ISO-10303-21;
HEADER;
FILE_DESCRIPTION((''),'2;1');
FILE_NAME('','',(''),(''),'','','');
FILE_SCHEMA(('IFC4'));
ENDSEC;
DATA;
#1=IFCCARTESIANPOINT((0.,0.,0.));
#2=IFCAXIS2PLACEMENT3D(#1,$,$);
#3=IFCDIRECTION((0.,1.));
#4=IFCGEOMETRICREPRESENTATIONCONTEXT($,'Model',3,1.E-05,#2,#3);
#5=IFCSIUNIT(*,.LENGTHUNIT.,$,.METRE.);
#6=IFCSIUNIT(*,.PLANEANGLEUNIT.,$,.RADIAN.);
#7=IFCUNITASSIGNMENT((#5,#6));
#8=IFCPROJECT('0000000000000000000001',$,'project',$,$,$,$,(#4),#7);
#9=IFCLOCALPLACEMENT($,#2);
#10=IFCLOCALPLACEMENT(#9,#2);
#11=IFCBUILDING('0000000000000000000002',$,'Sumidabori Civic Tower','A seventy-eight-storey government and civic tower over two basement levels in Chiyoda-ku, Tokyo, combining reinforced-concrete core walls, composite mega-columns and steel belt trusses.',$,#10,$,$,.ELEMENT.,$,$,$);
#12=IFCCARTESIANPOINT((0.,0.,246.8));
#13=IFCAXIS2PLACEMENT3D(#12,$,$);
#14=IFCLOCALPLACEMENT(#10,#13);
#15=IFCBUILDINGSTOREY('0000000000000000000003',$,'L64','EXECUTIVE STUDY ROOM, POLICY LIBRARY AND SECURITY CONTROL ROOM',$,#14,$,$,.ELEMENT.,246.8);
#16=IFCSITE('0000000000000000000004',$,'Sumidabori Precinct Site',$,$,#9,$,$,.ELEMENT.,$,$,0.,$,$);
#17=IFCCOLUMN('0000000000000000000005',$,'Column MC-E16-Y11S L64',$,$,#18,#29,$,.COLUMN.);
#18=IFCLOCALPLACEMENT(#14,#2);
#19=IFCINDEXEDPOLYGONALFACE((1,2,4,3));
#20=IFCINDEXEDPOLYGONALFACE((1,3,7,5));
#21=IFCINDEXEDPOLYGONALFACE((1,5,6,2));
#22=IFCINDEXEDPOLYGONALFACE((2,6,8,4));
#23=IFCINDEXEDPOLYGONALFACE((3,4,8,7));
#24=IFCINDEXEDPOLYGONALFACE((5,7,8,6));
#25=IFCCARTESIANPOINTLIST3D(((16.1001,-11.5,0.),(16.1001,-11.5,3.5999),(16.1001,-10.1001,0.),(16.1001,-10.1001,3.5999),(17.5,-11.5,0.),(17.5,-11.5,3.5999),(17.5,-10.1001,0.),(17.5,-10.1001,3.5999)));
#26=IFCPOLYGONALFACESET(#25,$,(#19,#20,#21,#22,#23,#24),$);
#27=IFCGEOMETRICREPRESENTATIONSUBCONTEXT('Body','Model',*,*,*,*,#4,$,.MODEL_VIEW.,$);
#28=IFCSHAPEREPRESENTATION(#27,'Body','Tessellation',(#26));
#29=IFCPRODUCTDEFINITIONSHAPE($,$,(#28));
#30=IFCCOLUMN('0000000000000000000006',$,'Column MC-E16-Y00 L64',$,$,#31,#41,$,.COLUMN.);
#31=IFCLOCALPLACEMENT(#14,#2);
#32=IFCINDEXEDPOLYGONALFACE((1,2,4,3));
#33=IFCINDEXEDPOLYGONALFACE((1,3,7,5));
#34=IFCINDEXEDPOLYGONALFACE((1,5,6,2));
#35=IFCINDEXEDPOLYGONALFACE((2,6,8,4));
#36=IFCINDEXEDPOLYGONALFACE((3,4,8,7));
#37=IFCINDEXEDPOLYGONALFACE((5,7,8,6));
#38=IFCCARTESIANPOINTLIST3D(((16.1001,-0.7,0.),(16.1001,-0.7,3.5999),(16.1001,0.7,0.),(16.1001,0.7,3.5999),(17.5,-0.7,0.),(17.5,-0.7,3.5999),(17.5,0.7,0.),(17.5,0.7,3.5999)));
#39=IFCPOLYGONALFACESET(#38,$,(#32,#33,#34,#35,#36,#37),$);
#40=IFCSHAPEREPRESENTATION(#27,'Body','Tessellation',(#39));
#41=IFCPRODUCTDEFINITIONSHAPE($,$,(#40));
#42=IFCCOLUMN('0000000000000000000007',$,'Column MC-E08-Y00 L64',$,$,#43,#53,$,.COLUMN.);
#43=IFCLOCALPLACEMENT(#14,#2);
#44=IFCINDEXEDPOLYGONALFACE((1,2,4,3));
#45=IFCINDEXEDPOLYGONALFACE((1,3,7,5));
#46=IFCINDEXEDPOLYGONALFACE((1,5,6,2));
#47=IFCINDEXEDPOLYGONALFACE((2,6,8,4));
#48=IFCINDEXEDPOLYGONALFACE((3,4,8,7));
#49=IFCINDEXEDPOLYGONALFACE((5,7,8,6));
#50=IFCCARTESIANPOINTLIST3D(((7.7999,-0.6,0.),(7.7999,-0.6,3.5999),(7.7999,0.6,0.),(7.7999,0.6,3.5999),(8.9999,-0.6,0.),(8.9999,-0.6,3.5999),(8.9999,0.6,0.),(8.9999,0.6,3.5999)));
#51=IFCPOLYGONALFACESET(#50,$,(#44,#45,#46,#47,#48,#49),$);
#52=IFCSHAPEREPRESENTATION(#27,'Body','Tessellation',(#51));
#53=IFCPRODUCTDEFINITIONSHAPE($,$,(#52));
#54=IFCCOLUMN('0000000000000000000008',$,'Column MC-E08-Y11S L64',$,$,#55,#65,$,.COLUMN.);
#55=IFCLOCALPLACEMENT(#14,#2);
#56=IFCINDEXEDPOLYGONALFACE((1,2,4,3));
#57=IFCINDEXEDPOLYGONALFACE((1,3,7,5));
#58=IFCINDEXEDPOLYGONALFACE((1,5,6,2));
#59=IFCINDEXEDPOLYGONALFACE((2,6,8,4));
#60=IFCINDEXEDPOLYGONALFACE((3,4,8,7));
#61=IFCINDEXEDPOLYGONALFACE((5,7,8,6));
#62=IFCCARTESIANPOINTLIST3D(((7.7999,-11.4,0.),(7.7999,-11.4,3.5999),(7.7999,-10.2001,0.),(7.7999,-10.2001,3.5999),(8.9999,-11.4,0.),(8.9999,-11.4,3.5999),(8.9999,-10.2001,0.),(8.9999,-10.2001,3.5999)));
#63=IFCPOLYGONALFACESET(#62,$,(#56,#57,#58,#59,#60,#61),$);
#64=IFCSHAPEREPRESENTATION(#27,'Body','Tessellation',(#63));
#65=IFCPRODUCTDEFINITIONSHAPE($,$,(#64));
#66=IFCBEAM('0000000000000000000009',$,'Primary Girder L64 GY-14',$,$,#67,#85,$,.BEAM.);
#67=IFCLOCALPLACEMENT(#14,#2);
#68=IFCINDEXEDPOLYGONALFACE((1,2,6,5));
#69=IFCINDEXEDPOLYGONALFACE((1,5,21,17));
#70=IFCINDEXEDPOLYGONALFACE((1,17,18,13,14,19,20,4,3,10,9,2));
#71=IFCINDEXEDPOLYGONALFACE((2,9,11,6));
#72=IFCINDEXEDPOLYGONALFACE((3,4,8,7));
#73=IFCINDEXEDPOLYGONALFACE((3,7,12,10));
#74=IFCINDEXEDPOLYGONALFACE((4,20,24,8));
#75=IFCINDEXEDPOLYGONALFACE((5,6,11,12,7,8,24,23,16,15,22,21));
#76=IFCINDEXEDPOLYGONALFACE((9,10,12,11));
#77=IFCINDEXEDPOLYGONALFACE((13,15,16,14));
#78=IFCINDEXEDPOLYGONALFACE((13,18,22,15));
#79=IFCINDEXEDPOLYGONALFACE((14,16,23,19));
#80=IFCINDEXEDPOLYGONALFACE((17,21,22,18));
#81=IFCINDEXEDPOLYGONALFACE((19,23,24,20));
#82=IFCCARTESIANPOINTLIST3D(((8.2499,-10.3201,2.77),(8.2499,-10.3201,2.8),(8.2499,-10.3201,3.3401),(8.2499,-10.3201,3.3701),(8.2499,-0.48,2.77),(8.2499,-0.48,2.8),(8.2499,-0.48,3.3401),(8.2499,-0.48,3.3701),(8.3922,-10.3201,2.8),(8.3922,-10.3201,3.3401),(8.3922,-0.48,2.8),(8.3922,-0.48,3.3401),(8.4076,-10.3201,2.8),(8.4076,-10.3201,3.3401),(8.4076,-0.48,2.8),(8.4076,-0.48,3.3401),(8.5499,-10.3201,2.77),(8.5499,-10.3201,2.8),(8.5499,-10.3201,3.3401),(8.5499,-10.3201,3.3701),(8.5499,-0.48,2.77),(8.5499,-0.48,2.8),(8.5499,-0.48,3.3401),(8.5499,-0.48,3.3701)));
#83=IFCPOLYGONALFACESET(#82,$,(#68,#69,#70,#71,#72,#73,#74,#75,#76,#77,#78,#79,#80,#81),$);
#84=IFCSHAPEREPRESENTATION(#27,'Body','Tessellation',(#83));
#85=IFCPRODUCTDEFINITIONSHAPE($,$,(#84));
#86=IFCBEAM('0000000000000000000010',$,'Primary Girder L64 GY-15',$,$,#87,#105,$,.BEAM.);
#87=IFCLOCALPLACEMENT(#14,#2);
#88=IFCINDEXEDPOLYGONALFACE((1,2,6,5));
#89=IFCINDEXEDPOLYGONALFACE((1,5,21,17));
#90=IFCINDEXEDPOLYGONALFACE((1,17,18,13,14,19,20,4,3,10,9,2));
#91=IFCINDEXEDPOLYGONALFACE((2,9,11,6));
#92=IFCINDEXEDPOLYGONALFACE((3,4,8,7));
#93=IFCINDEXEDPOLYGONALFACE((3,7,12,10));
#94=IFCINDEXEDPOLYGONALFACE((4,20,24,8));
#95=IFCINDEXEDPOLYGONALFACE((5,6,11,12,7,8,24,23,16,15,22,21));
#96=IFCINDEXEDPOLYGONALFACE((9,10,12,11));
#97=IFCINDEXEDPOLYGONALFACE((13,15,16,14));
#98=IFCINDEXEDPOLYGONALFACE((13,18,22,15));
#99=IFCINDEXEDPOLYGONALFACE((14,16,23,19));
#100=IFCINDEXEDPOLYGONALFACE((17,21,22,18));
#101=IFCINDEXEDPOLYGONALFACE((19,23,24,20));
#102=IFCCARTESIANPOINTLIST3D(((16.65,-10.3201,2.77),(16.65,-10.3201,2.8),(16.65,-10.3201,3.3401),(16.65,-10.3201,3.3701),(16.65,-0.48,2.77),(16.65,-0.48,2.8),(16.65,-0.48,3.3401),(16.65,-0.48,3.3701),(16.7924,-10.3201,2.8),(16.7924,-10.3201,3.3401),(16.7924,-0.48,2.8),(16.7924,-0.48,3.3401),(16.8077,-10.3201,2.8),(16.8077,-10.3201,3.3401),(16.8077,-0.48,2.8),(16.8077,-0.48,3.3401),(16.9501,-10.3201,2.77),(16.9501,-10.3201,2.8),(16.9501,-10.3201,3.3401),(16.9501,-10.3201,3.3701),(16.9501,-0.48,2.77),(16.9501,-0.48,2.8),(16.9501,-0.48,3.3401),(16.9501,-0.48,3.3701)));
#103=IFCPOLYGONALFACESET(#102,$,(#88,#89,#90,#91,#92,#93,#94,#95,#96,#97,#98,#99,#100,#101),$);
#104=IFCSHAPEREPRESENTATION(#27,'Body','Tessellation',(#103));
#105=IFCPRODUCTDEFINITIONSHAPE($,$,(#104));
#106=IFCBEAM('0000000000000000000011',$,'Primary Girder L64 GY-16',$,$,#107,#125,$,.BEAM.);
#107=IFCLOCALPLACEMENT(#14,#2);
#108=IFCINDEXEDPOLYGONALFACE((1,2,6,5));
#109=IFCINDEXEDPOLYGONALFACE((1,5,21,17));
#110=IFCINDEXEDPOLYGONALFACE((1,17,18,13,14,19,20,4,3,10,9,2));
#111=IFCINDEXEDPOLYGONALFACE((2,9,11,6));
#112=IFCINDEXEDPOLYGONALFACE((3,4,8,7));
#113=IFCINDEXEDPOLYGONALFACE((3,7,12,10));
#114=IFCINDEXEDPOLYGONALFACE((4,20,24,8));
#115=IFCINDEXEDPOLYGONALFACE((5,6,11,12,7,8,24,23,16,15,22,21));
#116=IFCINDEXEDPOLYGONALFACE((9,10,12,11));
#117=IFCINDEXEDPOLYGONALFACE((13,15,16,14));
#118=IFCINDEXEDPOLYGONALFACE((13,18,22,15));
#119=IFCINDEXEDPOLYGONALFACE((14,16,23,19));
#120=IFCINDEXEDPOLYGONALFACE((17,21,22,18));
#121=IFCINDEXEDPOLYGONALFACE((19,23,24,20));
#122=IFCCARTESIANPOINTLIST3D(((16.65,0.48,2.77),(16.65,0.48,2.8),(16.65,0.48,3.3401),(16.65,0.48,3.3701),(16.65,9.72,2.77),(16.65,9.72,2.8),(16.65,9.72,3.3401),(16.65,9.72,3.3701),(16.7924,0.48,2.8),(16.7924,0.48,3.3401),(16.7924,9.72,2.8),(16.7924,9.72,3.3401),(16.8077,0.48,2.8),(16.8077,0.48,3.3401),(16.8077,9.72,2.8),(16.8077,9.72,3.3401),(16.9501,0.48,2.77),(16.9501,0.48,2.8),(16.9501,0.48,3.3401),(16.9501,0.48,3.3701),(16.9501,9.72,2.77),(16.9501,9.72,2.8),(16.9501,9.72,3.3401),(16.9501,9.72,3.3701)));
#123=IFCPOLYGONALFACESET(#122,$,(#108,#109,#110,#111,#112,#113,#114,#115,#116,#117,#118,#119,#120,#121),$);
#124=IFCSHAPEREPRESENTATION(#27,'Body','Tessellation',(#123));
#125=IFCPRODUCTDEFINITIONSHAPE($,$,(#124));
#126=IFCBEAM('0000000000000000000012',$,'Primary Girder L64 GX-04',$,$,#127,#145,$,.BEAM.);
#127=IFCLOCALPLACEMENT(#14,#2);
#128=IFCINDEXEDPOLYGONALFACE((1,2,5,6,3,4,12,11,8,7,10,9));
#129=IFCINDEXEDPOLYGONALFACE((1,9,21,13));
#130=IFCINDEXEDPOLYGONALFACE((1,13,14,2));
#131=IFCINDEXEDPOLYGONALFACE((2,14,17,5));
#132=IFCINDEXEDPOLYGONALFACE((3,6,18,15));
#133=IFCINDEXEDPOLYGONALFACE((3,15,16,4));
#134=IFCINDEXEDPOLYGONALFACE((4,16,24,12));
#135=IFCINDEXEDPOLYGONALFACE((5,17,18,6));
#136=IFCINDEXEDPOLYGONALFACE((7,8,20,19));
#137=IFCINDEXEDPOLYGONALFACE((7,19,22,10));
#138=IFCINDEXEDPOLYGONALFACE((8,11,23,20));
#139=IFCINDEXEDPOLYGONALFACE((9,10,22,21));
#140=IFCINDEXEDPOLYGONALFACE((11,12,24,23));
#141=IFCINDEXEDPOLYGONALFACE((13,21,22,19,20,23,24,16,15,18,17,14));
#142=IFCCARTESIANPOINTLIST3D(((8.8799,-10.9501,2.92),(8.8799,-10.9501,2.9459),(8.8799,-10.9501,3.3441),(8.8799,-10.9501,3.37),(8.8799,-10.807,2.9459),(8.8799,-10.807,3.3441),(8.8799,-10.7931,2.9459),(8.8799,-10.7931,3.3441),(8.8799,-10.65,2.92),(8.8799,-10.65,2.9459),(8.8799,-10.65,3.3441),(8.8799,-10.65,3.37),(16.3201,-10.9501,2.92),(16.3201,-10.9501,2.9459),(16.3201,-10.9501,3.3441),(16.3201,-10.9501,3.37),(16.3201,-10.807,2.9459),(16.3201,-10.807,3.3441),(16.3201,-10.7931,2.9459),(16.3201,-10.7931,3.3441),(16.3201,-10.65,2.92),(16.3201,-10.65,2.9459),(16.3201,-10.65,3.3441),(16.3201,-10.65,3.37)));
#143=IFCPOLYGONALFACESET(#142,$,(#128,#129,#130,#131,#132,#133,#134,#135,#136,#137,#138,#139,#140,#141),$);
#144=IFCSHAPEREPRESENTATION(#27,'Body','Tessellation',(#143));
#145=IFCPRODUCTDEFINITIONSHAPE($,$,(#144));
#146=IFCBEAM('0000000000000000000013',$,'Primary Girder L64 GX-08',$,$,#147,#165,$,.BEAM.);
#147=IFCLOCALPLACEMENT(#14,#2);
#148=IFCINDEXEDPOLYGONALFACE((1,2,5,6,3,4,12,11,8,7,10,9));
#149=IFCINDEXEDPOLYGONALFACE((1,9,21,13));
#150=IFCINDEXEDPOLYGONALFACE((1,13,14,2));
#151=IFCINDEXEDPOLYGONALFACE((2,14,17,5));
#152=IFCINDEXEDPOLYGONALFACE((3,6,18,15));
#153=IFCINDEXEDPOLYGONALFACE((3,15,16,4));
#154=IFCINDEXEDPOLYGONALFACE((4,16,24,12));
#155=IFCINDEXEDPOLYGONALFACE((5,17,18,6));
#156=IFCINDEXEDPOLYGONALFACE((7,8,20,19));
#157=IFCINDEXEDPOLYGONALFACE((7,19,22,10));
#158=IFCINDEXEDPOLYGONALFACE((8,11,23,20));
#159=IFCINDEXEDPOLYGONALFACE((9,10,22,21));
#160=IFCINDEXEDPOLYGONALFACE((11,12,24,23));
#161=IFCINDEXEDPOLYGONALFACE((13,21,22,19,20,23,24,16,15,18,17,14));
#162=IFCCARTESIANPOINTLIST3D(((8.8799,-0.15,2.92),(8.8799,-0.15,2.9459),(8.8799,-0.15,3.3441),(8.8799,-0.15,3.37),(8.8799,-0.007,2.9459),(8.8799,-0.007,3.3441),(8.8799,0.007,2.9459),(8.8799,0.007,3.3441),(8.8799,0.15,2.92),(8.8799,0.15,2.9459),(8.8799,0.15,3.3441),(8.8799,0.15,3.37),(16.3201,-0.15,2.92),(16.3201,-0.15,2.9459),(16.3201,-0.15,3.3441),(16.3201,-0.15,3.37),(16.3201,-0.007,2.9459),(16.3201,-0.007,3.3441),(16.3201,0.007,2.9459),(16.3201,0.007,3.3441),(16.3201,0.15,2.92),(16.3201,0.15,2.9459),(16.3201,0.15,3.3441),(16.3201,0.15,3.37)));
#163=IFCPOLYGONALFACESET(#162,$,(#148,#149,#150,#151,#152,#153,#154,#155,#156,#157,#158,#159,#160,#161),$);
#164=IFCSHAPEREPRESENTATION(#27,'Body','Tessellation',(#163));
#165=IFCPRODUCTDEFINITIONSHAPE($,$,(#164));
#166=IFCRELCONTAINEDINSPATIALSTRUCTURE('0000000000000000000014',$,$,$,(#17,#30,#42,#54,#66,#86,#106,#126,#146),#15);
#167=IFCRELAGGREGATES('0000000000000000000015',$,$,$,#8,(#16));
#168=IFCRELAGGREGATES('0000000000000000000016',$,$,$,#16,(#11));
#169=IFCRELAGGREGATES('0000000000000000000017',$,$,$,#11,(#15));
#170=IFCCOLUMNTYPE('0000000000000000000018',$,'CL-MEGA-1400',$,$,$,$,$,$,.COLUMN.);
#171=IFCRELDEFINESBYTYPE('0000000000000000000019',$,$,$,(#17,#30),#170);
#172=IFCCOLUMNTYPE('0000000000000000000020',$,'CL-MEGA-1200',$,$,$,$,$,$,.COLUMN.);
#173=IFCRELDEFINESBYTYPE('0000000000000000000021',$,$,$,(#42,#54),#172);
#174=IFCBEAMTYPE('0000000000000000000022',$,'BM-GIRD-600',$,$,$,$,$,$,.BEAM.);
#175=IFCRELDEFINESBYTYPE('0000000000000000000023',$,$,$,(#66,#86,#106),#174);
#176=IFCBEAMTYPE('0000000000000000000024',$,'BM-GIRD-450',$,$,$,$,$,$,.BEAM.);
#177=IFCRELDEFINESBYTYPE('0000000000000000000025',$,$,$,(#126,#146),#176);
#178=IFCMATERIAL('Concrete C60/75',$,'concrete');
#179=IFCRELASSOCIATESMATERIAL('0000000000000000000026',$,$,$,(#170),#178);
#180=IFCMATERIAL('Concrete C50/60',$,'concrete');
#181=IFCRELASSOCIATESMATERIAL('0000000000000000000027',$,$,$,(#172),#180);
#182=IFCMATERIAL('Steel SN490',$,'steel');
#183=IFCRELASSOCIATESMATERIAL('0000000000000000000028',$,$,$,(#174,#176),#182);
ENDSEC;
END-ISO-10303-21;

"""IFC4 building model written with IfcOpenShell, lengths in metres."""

from ifc_helpers import new_model, si_unit, direction, frame, origin, origin_2d, place, context, subcontext, project, spatial, rectangle, i_section, extrude, source, transform, mapped, material, material_profile, profile_set, type_object, element, save


model = new_model("IFC4")

# Units and contexts
model_context = context("Model", 3, precision=1e-05, world=origin(), true_north=direction((0.0, 1.0)))
body_context = subcontext(model_context, "Body", "Model", "MODEL_VIEW")
ifc_project = project(units=[si_unit("LENGTHUNIT", "METRE"), si_unit("PLANEANGLEUNIT", "RADIAN")], contexts=[model_context])

# Site, building, storey
site_placement = place(None, origin())
site = spatial("IfcSite", under=ifc_project, at=site_placement, Name="Sumidabori Precinct Site", CompositionType="ELEMENT", RefElevation=0.0)
building_placement = place(site_placement, origin())
building = spatial("IfcBuilding", under=site, at=building_placement, Name="Sumidabori Civic Tower", Description="A seventy-eight-storey government and civic tower over two basement levels in Chiyoda-ku, Tokyo, combining reinforced-concrete core walls, composite mega-columns and steel belt trusses.", CompositionType="ELEMENT")
storey_placement = place(building_placement, frame((0.0, 0.0, 246.8)))
storey = spatial("IfcBuildingStorey", under=building, at=storey_placement, Name="L64", Description="EXECUTIVE STUDY ROOM, POLICY LIBRARY AND SECURITY CONTROL ROOM", CompositionType="ELEMENT", Elevation=246.8)

# Columns
ifc_material_1 = material(Name="Concrete C60/75", Category="concrete")
ifc_material_profile_1 = material_profile(ifc_material_1, rectangle(XDim=1.3999, YDim=1.3999, at=origin_2d()), Name="RC 1400x1400")
ifc_profile_set_1 = profile_set([ifc_material_profile_1], Name="Concrete C60/75")
column_type_1 = type_object("IfcColumnType", Name="CL-MEGA-1400", PredefinedType="COLUMN", material=ifc_profile_set_1)
shared_shape_1 = source(origin(), body_context, "Body", "SweptSolid", [
    extrude(rectangle(XDim=1.3999, YDim=1.3999, at=origin_2d()), origin(), (0.0, 0.0, 1.0), 3.5999),
])
for number, where, z_axis, x_axis, name in (
    (1, (16.8, -10.8, 0.0), (0.0, 0.0, 1.0), (1.0, 0.0, 0.0), "Column MC-E16-Y11S L64"),
    (2, (16.8, 0.0, 0.0), (0.0, 0.0, 1.0), (1.0, 0.0, 0.0), "Column MC-E16-Y00 L64"),
):
    element("IfcColumn", number, at=place(storey_placement, frame(where, z_axis=z_axis, x_axis=x_axis)), inside=storey, type_object=column_type_1, Name=name, PredefinedType="COLUMN", context=body_context, shape_type="MappedRepresentation", body=[
        mapped(shared_shape_1, transform((0.0, 0.0, 0.0), x_axis=(1.0, 0.0, 0.0), y_axis=(0.0, 1.0, 0.0), z_axis=(0.0, 0.0, 1.0), scale=1.0)),
    ])
ifc_material_2 = material(Name="Concrete C50/60", Category="concrete")
ifc_material_profile_2 = material_profile(ifc_material_2, rectangle(XDim=1.2, YDim=1.2, at=origin_2d()), Name="RC 1200x1200")
ifc_profile_set_2 = profile_set([ifc_material_profile_2], Name="Concrete C50/60")
column_type_2 = type_object("IfcColumnType", Name="CL-MEGA-1200", PredefinedType="COLUMN", material=ifc_profile_set_2)
shared_shape_2 = source(origin(), body_context, "Body", "SweptSolid", [
    extrude(rectangle(XDim=1.2, YDim=1.2, at=origin_2d()), origin(), (0.0, 0.0, 1.0), 3.5999),
])
for number, where, z_axis, x_axis, name in (
    (3, (8.3999, 0.0, 0.0), (0.0, 0.0, 1.0), (1.0, 0.0, 0.0), "Column MC-E08-Y00 L64"),
    (4, (8.3999, -10.8, 0.0), (0.0, 0.0, 1.0), (1.0, 0.0, 0.0), "Column MC-E08-Y11S L64"),
):
    element("IfcColumn", number, at=place(storey_placement, frame(where, z_axis=z_axis, x_axis=x_axis)), inside=storey, type_object=column_type_2, Name=name, PredefinedType="COLUMN", context=body_context, shape_type="MappedRepresentation", body=[
        mapped(shared_shape_2, transform((0.0, 0.0, 0.0), x_axis=(1.0, 0.0, 0.0), y_axis=(0.0, 1.0, 0.0), z_axis=(0.0, 0.0, 1.0), scale=1.0)),
    ])

# Beams
ifc_material_3 = material(Name="Steel SN490", Category="steel")
ifc_material_profile_3 = material_profile(ifc_material_3, i_section(OverallWidth=0.3, OverallDepth=0.6001, WebThickness=0.0154, FlangeThickness=0.03, at=origin_2d()), Name="HE 600 B")
ifc_profile_set_3 = profile_set([ifc_material_profile_3], Name="Steel SN490")
beam_type_1 = type_object("IfcBeamType", Name="BM-GIRD-600", PredefinedType="BEAM", material=ifc_profile_set_3)
shared_shape_3 = source(origin(), body_context, "Body", "SweptSolid", [
    extrude(i_section(OverallWidth=0.3, OverallDepth=0.6001, WebThickness=0.0154, FlangeThickness=0.03, at=origin_2d()), origin(), (0.0, 0.0, 1.0), 9.8401),
])
for number, where, z_axis, x_axis, name in (
    (5, (8.3999, -10.3201, 3.0701), (0.0, 1.0, 0.0), (-1.0, 0.0, 0.0), "Primary Girder L64 GY-14"),
    (6, (16.8, -10.3201, 3.0701), (0.0, 1.0, 0.0), (-1.0, 0.0, 0.0), "Primary Girder L64 GY-15"),
):
    element("IfcBeam", number, at=place(storey_placement, frame(where, z_axis=z_axis, x_axis=x_axis)), inside=storey, type_object=beam_type_1, Name=name, PredefinedType="BEAM", context=body_context, shape_type="MappedRepresentation", body=[
        mapped(shared_shape_3, transform((0.0, 0.0, 0.0), x_axis=(1.0, 0.0, 0.0), y_axis=(0.0, 1.0, 0.0), z_axis=(0.0, 0.0, 1.0), scale=1.0)),
    ])
shared_shape_4 = source(origin(), body_context, "Body", "SweptSolid", [
    extrude(i_section(OverallWidth=0.3, OverallDepth=0.6001, WebThickness=0.0154, FlangeThickness=0.03, at=origin_2d()), origin(), (0.0, 0.0, 1.0), 9.24),
])
beam_1_placement = place(storey_placement, frame((16.8, 0.48, 3.0701), z_axis=(0.0, 1.0, 0.0), x_axis=(-1.0, 0.0, 0.0)))
element("IfcBeam", 7, at=beam_1_placement, inside=storey, type_object=beam_type_1, Name="Primary Girder L64 GY-16", PredefinedType="BEAM", context=body_context, shape_type="MappedRepresentation", body=[
    mapped(shared_shape_4, transform((0.0, 0.0, 0.0), x_axis=(1.0, 0.0, 0.0), y_axis=(0.0, 1.0, 0.0), z_axis=(0.0, 0.0, 1.0), scale=1.0)),
])
ifc_material_profile_4 = material_profile(ifc_material_3, i_section(OverallWidth=0.3, OverallDepth=0.45, WebThickness=0.0139, FlangeThickness=0.0259, at=origin_2d()), Name="HE 450 B")
ifc_profile_set_4 = profile_set([ifc_material_profile_4], Name="Steel SN490")
beam_type_2 = type_object("IfcBeamType", Name="BM-GIRD-450", PredefinedType="BEAM", material=ifc_profile_set_4)
shared_shape_5 = source(origin(), body_context, "Body", "SweptSolid", [
    extrude(i_section(OverallWidth=0.3, OverallDepth=0.45, WebThickness=0.0139, FlangeThickness=0.0259, at=origin_2d()), origin(), (0.0, 0.0, 1.0), 7.4402),
])
for number, where, z_axis, x_axis, name in (
    (8, (8.8799, -10.8, 3.145), (1.0, 0.0, 0.0), (0.0, 1.0, 0.0), "Primary Girder L64 GX-04"),
    (9, (8.8799, 0.0, 3.145), (1.0, 0.0, 0.0), (0.0, 1.0, 0.0), "Primary Girder L64 GX-08"),
):
    element("IfcBeam", number, at=place(storey_placement, frame(where, z_axis=z_axis, x_axis=x_axis)), inside=storey, type_object=beam_type_2, Name=name, PredefinedType="BEAM", context=body_context, shape_type="MappedRepresentation", body=[
        mapped(shared_shape_5, transform((0.0, 0.0, 0.0), x_axis=(1.0, 0.0, 0.0), y_axis=(0.0, 1.0, 0.0), z_axis=(0.0, 0.0, 1.0), scale=1.0)),
    ])

save(model, "model.ifc")
